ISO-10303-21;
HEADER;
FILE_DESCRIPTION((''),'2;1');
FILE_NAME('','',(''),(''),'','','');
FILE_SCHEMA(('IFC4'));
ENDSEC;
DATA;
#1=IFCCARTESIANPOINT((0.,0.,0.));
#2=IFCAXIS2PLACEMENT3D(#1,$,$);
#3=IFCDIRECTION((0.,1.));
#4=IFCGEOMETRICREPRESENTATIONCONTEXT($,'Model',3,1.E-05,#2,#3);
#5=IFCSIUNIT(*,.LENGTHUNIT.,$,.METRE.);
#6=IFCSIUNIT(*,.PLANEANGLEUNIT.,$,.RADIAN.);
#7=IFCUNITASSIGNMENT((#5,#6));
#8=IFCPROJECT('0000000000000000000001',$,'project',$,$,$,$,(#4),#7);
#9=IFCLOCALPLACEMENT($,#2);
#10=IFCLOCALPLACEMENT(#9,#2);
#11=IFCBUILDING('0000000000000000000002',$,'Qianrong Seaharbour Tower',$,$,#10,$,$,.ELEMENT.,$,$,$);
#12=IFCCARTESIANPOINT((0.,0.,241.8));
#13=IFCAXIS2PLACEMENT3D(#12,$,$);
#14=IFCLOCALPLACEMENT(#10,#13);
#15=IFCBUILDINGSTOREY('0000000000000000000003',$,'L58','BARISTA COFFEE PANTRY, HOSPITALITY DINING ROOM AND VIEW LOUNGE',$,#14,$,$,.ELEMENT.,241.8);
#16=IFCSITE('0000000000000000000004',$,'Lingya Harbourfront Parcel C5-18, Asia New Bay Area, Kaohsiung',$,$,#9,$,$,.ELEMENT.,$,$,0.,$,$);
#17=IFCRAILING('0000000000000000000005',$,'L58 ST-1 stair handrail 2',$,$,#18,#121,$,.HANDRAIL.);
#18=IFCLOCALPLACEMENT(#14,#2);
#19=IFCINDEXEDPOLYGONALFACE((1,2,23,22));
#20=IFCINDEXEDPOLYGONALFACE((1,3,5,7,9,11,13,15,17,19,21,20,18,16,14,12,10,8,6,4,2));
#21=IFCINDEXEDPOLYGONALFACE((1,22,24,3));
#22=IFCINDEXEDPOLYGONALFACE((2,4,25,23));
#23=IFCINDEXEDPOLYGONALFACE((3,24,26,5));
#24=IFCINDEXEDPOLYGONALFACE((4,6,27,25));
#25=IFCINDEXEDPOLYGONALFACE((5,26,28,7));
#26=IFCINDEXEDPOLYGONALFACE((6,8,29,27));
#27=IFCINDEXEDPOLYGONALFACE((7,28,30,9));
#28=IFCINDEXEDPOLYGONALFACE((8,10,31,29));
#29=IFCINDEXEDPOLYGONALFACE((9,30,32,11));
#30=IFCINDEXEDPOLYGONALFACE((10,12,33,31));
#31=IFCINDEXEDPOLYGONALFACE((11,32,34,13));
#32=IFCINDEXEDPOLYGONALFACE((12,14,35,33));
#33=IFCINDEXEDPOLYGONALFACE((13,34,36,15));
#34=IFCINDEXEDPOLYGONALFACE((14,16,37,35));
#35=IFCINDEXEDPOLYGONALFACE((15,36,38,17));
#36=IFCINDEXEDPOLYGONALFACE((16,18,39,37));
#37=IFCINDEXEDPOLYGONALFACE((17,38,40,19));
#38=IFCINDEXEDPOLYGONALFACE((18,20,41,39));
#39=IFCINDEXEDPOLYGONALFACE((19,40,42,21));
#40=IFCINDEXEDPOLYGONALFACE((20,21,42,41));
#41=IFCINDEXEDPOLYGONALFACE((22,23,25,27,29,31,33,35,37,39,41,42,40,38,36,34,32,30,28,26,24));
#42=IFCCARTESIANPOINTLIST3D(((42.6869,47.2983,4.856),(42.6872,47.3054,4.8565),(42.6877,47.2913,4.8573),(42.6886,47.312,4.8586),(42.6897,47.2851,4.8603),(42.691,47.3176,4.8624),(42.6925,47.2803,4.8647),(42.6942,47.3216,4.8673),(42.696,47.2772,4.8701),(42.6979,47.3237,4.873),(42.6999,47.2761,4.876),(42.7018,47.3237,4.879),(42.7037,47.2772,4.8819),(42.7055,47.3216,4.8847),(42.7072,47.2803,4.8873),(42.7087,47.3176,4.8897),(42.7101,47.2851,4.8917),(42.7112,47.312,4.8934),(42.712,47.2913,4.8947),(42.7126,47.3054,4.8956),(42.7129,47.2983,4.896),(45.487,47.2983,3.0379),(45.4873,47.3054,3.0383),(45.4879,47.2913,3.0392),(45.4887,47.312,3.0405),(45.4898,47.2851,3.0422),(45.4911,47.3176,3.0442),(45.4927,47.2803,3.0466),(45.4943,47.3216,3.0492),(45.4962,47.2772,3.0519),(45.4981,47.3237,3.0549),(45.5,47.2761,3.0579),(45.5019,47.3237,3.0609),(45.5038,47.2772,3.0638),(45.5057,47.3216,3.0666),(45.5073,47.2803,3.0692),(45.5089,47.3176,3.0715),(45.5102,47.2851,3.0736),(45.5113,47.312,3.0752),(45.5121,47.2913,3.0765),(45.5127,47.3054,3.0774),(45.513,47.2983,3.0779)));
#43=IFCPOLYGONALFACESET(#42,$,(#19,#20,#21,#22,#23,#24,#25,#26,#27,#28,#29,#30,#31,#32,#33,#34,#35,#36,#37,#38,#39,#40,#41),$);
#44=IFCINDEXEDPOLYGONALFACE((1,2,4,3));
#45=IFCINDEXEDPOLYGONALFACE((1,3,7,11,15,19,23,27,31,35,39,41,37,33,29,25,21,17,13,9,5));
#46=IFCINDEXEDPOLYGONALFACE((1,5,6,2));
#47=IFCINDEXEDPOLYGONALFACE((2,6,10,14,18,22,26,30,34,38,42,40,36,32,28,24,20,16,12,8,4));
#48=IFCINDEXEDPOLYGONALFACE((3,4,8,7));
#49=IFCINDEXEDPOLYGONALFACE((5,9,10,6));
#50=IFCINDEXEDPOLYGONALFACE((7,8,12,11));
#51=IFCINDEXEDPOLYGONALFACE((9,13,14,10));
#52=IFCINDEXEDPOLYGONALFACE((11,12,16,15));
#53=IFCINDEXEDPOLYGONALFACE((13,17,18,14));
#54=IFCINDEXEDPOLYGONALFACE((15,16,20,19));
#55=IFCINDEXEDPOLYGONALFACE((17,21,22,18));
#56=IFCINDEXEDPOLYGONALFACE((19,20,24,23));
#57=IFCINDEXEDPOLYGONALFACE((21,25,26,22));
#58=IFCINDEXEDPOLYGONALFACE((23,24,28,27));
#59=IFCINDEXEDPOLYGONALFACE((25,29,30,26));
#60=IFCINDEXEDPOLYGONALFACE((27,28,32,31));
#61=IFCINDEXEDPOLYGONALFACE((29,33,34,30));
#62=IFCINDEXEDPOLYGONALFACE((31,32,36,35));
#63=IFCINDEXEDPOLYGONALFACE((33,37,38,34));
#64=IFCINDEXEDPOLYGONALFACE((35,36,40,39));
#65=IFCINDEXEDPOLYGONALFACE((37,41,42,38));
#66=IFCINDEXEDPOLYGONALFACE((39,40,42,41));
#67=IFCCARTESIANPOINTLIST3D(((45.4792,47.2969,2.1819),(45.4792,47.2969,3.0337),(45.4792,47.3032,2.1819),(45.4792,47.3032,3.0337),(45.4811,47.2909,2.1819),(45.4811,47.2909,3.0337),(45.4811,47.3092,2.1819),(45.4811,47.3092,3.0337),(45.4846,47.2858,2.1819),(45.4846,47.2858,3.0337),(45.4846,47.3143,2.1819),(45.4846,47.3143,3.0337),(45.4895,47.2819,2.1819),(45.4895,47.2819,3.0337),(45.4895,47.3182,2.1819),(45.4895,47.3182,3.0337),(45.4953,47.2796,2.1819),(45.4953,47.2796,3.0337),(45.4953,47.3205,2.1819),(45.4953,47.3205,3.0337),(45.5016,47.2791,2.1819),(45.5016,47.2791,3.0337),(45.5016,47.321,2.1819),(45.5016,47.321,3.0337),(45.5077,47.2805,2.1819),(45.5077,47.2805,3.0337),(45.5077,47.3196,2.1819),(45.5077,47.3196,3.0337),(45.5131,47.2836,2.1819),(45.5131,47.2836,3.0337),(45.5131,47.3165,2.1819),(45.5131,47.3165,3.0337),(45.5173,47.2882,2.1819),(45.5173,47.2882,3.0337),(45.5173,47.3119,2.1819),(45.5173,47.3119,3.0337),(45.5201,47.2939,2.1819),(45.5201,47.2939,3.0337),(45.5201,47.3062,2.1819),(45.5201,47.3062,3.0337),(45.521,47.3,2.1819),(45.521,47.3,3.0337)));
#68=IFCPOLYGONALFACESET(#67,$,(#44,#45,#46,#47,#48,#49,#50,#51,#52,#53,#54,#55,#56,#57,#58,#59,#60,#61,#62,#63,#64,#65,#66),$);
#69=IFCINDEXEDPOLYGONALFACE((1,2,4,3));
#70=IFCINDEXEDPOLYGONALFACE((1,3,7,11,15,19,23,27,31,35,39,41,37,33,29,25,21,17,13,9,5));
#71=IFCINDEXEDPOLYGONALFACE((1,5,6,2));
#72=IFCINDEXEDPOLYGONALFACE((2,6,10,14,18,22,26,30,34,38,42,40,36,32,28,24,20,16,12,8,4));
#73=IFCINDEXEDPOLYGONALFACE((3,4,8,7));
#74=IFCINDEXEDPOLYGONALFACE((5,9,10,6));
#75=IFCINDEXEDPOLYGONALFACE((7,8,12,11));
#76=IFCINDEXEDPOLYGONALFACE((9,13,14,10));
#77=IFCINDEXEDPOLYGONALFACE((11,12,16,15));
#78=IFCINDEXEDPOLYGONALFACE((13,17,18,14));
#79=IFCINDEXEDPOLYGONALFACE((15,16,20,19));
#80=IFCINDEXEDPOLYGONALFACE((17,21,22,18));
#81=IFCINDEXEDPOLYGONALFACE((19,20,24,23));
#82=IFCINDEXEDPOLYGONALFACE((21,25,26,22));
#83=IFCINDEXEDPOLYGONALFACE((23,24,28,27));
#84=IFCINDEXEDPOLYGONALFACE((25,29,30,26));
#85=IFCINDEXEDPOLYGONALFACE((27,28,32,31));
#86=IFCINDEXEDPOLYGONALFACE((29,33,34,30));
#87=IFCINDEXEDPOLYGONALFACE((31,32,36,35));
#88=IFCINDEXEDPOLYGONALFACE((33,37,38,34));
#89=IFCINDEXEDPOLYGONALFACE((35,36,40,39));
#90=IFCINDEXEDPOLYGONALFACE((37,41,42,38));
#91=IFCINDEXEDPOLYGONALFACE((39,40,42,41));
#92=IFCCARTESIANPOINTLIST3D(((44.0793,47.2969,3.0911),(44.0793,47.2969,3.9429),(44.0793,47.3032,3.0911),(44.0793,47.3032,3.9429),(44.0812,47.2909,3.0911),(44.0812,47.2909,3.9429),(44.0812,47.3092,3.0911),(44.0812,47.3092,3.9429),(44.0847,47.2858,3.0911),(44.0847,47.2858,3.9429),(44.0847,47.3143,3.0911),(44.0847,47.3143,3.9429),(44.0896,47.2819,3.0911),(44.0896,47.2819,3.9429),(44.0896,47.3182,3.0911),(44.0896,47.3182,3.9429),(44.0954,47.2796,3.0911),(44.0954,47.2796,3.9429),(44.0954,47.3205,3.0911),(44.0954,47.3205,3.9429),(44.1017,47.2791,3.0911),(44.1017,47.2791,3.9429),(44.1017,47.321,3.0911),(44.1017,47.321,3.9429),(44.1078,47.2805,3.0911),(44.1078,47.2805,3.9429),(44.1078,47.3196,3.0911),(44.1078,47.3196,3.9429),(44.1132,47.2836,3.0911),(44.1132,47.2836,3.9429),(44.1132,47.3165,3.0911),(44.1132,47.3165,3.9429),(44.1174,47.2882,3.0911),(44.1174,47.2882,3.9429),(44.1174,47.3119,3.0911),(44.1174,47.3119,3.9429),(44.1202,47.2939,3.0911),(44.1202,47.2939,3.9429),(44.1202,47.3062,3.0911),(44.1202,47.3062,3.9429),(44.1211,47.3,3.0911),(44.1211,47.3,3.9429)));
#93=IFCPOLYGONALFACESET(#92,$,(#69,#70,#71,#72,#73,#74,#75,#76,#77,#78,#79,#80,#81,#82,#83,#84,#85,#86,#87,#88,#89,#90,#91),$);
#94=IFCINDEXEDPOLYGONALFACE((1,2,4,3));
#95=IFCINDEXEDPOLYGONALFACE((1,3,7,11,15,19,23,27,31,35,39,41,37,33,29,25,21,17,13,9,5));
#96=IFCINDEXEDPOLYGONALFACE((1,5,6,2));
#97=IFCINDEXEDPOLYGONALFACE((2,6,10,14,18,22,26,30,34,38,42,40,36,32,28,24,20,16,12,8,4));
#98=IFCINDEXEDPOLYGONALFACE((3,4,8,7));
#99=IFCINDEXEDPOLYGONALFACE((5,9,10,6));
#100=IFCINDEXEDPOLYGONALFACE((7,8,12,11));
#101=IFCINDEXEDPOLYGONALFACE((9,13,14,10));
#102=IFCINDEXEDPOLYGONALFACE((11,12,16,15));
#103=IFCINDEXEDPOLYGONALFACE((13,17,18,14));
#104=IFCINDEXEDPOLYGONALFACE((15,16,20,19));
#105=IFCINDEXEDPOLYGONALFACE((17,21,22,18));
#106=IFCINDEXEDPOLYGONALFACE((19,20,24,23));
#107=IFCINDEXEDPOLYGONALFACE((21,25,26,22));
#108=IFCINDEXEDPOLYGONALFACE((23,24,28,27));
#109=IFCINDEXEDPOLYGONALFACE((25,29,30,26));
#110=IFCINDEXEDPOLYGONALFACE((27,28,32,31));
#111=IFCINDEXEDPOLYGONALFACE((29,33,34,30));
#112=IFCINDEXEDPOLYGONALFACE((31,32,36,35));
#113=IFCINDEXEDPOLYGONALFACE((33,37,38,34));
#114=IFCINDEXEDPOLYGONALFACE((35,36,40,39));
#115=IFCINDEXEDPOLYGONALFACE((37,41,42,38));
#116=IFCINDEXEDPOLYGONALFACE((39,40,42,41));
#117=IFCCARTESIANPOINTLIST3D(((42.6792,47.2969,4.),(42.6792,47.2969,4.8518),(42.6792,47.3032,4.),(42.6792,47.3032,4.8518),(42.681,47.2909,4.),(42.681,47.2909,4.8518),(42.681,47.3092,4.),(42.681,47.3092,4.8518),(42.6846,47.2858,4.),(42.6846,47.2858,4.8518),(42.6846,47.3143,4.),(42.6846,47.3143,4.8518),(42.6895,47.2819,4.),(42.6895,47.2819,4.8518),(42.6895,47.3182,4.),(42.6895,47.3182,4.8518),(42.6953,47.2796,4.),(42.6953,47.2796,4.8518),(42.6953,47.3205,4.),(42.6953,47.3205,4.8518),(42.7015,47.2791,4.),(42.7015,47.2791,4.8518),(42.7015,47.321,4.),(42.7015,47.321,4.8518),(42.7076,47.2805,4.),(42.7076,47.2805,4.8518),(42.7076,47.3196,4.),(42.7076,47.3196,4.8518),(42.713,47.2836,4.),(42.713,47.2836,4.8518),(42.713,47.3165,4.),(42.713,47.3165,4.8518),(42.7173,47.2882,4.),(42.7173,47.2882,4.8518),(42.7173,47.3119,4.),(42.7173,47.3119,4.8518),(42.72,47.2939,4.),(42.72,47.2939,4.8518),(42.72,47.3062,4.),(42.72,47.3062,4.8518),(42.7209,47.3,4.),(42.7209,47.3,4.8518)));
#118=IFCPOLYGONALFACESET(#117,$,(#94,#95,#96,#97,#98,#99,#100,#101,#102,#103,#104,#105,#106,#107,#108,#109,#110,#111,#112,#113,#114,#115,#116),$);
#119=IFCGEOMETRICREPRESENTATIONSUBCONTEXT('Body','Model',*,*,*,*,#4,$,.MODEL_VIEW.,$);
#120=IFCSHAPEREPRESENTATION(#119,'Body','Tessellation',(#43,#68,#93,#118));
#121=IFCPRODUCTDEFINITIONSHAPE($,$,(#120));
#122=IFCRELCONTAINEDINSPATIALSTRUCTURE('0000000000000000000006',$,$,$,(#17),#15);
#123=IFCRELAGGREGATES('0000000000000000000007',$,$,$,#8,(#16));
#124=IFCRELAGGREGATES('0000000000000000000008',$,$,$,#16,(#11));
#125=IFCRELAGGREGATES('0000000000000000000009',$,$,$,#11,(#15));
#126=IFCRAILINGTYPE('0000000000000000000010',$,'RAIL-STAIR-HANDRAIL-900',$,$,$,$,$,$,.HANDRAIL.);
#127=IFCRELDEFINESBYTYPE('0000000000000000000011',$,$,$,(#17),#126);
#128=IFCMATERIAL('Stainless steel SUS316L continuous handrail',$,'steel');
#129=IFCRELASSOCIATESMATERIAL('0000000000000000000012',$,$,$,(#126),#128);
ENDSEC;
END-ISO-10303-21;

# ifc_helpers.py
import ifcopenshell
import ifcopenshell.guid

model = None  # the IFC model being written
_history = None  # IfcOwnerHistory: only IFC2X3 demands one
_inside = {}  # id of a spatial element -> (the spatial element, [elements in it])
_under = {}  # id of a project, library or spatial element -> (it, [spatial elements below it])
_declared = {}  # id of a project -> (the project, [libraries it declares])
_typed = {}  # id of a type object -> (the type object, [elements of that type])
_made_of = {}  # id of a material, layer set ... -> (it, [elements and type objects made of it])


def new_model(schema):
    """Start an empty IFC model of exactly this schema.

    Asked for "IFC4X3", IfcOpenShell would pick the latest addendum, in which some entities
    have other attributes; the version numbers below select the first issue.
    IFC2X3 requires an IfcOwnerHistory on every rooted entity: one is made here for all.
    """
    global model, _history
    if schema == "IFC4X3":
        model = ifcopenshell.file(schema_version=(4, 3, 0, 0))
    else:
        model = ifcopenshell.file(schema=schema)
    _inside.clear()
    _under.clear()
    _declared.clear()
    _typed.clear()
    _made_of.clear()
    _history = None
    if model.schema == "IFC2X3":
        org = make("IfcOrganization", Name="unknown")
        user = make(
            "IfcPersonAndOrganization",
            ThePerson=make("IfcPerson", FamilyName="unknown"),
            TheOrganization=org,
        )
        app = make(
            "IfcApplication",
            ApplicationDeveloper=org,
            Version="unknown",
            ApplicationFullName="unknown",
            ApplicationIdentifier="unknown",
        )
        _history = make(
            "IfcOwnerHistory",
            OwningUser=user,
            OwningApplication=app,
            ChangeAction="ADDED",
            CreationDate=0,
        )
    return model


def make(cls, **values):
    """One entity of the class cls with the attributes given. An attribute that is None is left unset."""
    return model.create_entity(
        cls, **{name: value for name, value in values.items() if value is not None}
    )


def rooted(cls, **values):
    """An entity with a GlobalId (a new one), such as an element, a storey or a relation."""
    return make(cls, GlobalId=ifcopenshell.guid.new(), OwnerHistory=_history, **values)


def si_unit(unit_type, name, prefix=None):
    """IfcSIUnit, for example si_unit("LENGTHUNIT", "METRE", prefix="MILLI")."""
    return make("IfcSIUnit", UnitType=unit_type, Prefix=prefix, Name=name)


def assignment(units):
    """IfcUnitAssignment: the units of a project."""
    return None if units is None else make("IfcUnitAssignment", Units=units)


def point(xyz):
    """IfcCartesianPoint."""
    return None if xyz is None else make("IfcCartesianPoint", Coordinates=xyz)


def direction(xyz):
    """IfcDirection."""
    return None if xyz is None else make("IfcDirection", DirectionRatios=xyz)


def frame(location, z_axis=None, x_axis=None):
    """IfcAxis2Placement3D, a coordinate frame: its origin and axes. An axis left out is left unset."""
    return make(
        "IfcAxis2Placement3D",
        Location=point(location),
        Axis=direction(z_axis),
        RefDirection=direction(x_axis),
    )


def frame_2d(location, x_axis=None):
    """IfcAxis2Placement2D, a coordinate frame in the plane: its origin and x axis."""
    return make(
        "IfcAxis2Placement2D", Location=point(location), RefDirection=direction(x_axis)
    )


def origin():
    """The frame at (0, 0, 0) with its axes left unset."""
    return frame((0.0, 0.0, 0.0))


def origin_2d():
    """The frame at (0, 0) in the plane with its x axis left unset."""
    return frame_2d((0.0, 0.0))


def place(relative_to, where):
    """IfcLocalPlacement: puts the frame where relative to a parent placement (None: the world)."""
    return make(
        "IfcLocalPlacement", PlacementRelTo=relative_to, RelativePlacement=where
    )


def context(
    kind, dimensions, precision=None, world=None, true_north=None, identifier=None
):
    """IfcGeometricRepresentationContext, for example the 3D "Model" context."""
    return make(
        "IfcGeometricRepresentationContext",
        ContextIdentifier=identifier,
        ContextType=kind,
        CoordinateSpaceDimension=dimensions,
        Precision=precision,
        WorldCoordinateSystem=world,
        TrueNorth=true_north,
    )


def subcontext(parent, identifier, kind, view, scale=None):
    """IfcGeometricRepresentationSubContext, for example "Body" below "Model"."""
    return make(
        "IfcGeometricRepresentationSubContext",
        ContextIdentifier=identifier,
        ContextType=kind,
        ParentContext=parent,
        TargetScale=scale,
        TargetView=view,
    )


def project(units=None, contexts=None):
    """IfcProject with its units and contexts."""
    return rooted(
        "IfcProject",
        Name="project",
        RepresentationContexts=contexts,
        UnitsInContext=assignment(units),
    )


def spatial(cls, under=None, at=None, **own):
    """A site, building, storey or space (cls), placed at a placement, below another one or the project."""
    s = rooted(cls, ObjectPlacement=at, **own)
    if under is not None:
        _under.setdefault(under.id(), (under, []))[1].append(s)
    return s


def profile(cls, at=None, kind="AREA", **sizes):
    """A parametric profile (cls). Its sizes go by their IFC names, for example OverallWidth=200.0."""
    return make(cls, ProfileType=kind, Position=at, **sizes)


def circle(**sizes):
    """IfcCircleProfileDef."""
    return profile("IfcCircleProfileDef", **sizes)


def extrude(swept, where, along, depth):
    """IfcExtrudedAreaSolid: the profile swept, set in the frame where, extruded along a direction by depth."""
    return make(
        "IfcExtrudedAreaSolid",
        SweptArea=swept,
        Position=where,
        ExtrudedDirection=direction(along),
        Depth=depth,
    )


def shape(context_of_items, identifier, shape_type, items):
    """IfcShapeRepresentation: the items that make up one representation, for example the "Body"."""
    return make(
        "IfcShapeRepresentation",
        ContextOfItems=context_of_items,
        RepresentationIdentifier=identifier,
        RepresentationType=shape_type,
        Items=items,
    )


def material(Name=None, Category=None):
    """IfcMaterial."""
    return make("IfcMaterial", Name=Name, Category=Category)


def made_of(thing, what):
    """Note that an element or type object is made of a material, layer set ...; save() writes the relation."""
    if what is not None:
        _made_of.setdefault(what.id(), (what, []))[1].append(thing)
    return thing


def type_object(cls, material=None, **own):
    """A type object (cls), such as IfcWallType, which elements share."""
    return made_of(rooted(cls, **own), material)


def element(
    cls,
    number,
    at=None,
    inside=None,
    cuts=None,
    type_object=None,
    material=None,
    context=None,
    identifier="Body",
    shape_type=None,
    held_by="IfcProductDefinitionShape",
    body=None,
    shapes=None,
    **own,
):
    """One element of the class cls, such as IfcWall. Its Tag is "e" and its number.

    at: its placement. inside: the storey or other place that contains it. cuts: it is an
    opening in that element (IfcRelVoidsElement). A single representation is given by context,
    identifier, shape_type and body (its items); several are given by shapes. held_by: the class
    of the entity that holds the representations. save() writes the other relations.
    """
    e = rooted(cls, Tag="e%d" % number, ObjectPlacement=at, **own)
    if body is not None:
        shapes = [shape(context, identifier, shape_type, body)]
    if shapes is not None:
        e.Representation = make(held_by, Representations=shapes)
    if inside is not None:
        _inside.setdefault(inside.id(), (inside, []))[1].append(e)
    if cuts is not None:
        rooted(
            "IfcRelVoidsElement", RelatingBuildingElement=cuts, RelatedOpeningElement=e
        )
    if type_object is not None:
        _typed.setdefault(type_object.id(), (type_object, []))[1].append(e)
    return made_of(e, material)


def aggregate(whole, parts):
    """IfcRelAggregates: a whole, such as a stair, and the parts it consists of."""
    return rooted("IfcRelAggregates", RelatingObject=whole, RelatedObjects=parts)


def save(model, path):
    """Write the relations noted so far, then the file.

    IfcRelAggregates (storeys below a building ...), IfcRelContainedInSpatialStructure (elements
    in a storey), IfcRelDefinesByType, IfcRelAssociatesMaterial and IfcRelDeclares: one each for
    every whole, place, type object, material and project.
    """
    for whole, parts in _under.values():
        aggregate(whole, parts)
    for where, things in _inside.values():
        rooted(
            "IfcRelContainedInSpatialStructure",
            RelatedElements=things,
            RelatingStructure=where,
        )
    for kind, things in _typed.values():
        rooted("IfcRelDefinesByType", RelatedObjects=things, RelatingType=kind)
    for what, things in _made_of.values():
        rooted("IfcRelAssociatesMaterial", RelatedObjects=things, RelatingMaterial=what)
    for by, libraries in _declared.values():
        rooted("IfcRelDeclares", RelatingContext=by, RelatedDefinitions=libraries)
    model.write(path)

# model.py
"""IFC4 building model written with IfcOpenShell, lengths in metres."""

from ifc_helpers import new_model, si_unit, direction, frame, origin, origin_2d, place, context, subcontext, project, spatial, circle, extrude, material, type_object, element, save


model = new_model("IFC4")

# Units and contexts
model_context = context("Model", 3, precision=1e-05, world=origin(), true_north=direction((0.0, 1.0)))
body_context = subcontext(model_context, "Body", "Model", "MODEL_VIEW")
ifc_project = project(units=[si_unit("LENGTHUNIT", "METRE"), si_unit("PLANEANGLEUNIT", "RADIAN")], contexts=[model_context])

# Site, building, storey
site_placement = place(None, origin())
site = spatial("IfcSite", under=ifc_project, at=site_placement, Name="Lingya Harbourfront Parcel C5-18, Asia New Bay Area, Kaohsiung", CompositionType="ELEMENT", RefElevation=0.0)
building_placement = place(site_placement, origin())
building = spatial("IfcBuilding", under=site, at=building_placement, Name="Qianrong Seaharbour Tower", CompositionType="ELEMENT")
storey_placement = place(building_placement, frame((0.0, 0.0, 241.8)))
storey = spatial("IfcBuildingStorey", under=building, at=storey_placement, Name="L58", Description="BARISTA COFFEE PANTRY, HOSPITALITY DINING ROOM AND VIEW LOUNGE", CompositionType="ELEMENT", Elevation=241.8)

# Railing
ifc_material_1 = material(Name="Stainless steel SUS316L continuous handrail", Category="steel")
railing_type_1 = type_object("IfcRailingType", Name="RAIL-STAIR-HANDRAIL-900", PredefinedType="HANDRAIL", material=ifc_material_1)
railing_1_placement = place(storey_placement, frame((45.5, 47.3, 2.1819)))
element("IfcRailing", 1, at=railing_1_placement, inside=storey, type_object=railing_type_1, Name="L58 ST-1 stair handrail 2", PredefinedType="HANDRAIL", context=body_context, shape_type="SweptSolid", body=[
    extrude(circle(Radius=0.0239, at=origin_2d()), frame((0.0, 0.0, 0.876), z_axis=(-0.838706, 0.0, 0.544585), x_axis=(0.0, -1.0, 0.0)), (0.0, 0.0, 1.0), 3.3386),
    extrude(circle(Radius=0.021, at=origin_2d()), origin(), (0.0, 0.0, 1.0), 0.8518),
    extrude(circle(Radius=0.021, at=origin_2d()), frame((-1.3999, 0.0, 0.9092)), (0.0, 0.0, 1.0), 0.8518),
    extrude(circle(Radius=0.021, at=origin_2d()), frame((-2.8, 0.0, 1.8181)), (0.0, 0.0, 1.0), 0.8518),
])

save(model, "model.ifc")
